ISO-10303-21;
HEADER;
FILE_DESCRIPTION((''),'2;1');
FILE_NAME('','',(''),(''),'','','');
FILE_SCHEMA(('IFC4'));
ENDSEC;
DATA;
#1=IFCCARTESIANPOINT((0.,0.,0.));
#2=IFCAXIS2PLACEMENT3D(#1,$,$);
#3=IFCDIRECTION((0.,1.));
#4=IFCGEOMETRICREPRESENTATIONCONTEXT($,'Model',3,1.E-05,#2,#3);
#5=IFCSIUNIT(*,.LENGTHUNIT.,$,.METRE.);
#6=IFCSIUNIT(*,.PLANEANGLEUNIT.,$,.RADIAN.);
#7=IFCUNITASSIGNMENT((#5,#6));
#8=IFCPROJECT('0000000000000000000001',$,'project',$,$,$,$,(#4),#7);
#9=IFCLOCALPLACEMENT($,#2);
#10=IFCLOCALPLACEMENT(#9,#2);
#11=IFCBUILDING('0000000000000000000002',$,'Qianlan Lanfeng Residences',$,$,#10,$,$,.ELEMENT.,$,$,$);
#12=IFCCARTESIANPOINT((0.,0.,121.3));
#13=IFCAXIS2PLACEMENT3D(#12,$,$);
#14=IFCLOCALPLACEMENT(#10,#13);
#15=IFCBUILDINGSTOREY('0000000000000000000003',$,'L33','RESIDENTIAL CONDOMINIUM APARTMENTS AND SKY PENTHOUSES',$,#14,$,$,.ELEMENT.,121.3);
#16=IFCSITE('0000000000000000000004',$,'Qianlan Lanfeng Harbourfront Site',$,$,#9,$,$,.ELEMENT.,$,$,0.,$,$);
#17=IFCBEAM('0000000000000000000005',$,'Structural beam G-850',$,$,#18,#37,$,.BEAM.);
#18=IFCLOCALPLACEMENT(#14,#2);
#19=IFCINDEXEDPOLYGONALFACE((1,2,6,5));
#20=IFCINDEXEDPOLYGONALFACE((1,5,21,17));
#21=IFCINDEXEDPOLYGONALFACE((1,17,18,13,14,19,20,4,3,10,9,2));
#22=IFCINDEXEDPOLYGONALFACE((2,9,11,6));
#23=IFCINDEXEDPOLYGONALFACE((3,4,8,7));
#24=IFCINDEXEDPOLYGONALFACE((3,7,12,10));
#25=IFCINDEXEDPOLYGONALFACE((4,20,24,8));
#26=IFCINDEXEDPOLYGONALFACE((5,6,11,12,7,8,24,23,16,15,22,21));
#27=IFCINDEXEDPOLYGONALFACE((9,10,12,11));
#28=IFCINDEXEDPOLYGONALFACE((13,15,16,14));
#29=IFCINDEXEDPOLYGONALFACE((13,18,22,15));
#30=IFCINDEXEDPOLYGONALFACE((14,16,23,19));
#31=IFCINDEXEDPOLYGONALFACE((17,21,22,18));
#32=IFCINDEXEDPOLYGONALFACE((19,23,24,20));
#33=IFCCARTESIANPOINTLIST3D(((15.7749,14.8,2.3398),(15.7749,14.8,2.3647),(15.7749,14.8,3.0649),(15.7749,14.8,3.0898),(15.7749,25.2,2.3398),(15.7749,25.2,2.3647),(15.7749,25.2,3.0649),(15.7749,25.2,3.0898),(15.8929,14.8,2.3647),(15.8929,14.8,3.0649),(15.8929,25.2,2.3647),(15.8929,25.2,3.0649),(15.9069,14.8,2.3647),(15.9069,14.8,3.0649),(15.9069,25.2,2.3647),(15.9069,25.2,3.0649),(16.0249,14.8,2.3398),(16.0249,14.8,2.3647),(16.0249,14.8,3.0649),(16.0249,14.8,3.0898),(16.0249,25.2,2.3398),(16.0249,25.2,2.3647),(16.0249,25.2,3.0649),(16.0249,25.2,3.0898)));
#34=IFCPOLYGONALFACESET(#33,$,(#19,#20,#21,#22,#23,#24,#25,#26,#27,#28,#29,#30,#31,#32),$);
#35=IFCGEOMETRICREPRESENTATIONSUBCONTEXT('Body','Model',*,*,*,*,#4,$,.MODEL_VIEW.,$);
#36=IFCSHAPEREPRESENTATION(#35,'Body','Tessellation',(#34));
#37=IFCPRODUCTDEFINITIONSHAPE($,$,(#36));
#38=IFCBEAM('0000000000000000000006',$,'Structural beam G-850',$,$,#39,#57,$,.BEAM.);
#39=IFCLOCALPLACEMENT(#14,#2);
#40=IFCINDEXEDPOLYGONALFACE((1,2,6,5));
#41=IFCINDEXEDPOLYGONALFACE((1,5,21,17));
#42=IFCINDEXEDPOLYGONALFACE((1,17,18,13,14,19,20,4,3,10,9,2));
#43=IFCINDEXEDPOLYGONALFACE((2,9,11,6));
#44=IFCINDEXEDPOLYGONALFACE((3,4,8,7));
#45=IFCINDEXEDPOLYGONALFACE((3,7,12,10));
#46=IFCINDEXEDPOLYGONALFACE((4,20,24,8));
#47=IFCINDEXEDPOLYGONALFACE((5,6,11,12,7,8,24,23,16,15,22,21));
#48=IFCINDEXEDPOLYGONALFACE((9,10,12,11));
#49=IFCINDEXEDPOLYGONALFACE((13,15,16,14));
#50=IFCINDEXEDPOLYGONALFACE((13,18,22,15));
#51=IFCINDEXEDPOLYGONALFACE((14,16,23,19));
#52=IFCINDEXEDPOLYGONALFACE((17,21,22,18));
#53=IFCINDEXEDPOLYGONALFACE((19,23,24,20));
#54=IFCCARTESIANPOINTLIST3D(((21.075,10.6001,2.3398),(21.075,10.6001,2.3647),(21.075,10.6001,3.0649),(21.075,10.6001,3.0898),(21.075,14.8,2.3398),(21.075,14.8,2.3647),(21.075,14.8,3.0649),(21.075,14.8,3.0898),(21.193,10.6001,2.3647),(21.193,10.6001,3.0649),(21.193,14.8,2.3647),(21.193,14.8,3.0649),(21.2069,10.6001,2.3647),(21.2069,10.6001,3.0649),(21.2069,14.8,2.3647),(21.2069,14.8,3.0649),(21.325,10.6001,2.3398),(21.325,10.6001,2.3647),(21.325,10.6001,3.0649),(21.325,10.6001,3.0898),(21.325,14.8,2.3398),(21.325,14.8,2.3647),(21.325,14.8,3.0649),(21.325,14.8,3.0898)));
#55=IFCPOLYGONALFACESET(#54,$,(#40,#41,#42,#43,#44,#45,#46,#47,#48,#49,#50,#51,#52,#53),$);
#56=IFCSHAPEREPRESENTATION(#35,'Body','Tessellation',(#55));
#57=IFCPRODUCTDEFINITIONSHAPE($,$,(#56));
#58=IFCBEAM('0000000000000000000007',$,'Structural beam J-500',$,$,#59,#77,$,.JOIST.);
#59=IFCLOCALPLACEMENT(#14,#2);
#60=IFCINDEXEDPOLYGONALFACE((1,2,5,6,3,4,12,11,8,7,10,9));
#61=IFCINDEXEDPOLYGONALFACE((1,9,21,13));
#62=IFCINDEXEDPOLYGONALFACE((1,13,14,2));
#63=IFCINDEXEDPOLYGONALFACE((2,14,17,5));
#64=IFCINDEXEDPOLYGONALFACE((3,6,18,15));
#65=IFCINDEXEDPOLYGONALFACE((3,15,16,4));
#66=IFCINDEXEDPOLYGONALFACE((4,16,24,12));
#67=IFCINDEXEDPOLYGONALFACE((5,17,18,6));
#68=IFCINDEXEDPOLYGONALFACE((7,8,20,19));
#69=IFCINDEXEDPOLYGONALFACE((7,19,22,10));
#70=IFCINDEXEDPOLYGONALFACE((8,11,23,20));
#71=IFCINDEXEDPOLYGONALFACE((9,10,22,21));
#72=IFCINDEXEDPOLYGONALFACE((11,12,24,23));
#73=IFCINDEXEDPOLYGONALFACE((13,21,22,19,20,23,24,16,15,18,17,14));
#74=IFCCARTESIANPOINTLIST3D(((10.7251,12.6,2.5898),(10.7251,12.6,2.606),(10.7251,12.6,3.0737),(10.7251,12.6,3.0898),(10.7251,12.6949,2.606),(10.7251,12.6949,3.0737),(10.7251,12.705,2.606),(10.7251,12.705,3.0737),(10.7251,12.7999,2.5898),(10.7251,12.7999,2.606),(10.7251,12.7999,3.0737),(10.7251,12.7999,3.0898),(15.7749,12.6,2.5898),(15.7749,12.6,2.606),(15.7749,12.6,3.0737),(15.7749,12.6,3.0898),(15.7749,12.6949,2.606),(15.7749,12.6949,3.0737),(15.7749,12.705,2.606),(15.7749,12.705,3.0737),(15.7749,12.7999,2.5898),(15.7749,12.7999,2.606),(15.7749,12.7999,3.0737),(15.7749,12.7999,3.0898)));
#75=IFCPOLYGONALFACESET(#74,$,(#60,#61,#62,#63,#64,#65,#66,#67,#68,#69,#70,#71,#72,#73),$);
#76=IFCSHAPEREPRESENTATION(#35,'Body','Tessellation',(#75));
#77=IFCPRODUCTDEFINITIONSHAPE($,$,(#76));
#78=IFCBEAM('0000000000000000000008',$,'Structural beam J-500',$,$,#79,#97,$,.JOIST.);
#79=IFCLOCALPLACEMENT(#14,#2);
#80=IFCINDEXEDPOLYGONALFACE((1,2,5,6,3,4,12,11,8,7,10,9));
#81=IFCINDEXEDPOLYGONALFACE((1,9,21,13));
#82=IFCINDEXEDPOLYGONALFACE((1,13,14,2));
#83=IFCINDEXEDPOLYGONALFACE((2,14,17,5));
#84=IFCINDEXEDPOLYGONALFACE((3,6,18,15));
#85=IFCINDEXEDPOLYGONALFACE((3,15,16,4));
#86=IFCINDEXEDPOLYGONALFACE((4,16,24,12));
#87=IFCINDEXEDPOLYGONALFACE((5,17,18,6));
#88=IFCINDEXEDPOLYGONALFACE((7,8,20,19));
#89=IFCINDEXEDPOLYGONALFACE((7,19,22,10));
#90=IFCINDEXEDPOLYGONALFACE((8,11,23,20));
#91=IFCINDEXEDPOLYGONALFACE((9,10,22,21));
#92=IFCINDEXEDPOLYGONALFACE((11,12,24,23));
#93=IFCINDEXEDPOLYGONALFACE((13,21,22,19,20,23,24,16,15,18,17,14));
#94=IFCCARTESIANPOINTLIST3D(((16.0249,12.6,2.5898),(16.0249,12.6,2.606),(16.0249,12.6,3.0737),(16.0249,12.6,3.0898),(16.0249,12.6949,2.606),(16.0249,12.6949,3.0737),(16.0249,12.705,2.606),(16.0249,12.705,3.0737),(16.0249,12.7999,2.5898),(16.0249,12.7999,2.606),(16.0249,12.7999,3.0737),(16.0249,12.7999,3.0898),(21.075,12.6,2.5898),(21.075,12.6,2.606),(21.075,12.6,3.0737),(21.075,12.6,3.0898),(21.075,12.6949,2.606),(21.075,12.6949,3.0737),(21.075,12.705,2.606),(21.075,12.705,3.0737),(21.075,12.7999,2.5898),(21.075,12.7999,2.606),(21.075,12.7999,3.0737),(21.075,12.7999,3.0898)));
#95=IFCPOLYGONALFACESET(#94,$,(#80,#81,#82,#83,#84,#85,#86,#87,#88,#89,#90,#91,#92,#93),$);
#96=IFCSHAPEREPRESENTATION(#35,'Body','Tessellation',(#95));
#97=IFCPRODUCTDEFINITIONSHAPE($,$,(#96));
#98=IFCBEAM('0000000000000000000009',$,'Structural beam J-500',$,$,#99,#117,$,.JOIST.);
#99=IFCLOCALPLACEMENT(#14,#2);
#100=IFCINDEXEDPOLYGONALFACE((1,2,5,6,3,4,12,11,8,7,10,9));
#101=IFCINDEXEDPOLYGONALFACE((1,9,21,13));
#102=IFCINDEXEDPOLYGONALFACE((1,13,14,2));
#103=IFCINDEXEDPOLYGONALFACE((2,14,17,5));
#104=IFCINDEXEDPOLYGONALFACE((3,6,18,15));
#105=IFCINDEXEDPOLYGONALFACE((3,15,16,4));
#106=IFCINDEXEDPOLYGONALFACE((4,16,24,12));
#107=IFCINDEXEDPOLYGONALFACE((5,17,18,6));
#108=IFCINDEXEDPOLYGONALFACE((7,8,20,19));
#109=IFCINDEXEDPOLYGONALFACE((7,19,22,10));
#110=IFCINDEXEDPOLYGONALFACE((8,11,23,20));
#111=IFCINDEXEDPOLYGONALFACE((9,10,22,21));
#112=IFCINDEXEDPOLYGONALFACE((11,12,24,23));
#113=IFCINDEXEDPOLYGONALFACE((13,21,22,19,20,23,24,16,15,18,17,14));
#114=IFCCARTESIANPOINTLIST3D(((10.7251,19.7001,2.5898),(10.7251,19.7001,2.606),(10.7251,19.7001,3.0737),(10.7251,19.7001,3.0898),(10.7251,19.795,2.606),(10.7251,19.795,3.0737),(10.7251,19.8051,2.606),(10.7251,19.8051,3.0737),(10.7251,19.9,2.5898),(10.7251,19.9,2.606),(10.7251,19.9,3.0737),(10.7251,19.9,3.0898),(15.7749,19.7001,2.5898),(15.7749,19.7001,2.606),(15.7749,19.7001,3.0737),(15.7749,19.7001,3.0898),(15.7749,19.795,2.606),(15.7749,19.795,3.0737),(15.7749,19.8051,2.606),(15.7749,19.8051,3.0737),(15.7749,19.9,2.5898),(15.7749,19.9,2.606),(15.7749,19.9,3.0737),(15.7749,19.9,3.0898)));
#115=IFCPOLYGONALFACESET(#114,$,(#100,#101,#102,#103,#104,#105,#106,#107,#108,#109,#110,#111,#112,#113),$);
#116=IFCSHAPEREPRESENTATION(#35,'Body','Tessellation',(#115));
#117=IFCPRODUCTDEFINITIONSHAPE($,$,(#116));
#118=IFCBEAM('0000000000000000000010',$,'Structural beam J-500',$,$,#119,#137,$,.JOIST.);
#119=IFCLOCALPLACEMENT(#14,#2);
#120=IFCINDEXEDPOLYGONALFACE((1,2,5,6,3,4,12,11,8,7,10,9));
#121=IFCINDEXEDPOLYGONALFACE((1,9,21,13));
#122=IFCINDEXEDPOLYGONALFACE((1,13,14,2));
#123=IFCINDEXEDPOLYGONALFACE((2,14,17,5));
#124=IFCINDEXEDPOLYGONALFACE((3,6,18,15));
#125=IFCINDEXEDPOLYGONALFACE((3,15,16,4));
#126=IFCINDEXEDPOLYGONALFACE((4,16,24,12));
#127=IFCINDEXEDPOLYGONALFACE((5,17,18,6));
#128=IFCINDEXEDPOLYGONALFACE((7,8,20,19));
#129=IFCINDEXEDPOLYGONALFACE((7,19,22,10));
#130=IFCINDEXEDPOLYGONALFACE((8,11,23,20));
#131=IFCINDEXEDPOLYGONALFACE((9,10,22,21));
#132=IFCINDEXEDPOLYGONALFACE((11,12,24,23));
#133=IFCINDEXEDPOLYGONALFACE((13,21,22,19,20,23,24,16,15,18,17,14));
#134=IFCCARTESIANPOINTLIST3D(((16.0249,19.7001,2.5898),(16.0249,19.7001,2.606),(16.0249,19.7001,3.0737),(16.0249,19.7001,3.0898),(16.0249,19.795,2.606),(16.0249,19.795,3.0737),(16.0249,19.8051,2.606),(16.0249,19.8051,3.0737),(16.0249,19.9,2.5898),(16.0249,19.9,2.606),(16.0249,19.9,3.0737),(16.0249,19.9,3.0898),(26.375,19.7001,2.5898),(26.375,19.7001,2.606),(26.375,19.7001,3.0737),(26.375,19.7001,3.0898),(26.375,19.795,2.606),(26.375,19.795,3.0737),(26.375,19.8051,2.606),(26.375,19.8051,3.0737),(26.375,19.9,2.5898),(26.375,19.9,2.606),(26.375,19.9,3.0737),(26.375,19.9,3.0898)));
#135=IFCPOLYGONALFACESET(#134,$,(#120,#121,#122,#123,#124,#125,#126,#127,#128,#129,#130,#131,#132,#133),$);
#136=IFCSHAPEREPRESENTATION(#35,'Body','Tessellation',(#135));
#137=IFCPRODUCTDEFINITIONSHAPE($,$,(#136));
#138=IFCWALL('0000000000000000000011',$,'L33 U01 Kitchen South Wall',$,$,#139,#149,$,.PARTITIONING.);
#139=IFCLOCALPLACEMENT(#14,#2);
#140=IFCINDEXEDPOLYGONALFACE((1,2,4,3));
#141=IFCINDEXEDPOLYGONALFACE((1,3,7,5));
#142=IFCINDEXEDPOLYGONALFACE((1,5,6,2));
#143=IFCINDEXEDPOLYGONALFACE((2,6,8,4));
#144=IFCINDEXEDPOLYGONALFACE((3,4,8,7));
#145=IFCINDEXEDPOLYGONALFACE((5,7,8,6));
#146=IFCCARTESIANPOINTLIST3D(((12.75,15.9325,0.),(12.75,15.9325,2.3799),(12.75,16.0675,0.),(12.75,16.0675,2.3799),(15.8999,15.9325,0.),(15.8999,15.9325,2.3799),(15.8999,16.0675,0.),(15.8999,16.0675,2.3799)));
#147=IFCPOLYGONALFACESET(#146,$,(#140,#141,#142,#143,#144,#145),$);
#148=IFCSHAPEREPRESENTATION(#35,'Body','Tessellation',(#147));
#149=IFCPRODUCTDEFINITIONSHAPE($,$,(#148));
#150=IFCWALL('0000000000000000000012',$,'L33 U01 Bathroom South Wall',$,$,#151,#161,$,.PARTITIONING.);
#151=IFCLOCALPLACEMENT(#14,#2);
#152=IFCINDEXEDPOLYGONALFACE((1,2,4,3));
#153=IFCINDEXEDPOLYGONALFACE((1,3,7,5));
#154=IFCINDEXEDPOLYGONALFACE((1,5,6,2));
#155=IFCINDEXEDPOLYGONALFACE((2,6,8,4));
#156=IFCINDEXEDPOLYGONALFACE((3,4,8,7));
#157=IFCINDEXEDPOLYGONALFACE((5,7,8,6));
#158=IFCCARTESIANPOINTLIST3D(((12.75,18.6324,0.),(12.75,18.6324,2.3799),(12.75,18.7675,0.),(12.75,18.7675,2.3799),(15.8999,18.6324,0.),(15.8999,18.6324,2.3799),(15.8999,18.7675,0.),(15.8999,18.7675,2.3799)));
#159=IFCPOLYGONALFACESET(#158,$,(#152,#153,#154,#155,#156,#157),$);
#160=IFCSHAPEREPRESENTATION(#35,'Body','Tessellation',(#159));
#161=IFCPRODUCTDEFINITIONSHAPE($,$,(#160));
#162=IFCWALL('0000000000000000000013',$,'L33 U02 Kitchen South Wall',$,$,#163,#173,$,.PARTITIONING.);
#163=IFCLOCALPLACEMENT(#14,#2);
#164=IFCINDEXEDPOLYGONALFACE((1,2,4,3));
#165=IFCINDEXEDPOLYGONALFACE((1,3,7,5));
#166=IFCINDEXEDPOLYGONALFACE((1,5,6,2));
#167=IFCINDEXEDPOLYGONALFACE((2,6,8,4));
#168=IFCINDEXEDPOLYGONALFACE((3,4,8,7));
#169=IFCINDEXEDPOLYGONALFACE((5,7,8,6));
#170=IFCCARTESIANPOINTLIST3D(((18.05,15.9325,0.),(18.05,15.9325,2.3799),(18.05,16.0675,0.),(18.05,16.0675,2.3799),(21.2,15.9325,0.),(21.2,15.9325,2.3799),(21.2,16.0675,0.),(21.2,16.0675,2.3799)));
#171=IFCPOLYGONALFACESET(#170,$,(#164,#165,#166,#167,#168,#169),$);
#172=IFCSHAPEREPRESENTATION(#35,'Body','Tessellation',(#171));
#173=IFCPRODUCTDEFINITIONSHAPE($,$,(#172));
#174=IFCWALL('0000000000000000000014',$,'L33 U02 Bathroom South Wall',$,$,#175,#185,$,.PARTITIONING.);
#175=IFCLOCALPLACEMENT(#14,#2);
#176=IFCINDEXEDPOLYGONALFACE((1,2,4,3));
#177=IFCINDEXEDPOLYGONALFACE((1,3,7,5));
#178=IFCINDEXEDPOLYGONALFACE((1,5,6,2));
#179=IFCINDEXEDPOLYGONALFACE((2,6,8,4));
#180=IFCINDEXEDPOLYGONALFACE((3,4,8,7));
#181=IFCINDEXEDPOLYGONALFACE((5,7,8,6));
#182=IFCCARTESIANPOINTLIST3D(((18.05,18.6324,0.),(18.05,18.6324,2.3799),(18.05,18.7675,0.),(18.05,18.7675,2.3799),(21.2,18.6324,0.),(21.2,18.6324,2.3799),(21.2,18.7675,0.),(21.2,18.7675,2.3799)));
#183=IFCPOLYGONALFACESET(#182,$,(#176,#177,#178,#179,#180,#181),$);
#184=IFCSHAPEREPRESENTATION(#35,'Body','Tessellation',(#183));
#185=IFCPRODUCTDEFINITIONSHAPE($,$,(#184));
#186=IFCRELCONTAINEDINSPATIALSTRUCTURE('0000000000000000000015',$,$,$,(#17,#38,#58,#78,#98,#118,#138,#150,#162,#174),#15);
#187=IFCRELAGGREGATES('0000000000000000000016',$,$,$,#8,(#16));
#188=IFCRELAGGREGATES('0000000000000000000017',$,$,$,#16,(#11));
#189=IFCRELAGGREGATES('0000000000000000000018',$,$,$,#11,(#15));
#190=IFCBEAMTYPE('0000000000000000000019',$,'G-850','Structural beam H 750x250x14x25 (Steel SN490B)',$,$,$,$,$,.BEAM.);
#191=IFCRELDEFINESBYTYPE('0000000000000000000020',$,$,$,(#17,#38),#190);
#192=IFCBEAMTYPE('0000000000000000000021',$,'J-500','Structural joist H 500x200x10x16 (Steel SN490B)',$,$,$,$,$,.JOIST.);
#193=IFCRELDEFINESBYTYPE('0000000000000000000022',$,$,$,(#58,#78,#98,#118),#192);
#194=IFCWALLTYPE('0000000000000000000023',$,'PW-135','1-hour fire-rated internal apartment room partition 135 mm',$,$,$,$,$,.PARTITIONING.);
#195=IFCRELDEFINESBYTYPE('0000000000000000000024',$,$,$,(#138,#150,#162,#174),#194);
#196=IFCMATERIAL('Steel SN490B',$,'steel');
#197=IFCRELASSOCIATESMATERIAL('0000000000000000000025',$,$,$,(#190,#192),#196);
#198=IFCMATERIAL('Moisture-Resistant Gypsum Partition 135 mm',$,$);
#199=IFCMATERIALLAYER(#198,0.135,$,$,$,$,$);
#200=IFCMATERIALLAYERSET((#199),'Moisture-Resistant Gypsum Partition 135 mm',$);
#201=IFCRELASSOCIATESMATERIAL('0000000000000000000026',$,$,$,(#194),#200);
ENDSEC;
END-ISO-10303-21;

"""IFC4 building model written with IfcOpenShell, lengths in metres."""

from ifc_helpers import new_model, si_unit, direction, frame, frame_2d, origin, origin_2d, place, context, subcontext, project, spatial, rectangle, i_section, extrude, material, layer, layer_set, material_profile, profile_set, type_object, element, save


model = new_model("IFC4")

# Units and contexts
model_context = context("Model", 3, precision=1e-05, world=origin(), true_north=direction((0.0, 1.0)))
body_context = subcontext(model_context, "Body", "Model", "MODEL_VIEW")
ifc_project = project(units=[si_unit("LENGTHUNIT", "METRE"), si_unit("PLANEANGLEUNIT", "RADIAN")], contexts=[model_context])

# Site, building, storey
site_placement = place(None, origin())
site = spatial("IfcSite", under=ifc_project, at=site_placement, Name="Qianlan Lanfeng Harbourfront Site", CompositionType="ELEMENT", RefElevation=0.0)
building_placement = place(site_placement, origin())
building = spatial("IfcBuilding", under=site, at=building_placement, Name="Qianlan Lanfeng Residences", CompositionType="ELEMENT")
storey_placement = place(building_placement, frame((0.0, 0.0, 121.3)))
storey = spatial("IfcBuildingStorey", under=building, at=storey_placement, Name="L33", Description="RESIDENTIAL CONDOMINIUM APARTMENTS AND SKY PENTHOUSES", CompositionType="ELEMENT", Elevation=121.3)

# Shared definitions
ifc_material_1 = material(Name="Steel SN490B", Category="steel")

# Beams
ifc_material_profile_1 = material_profile(ifc_material_1, i_section(OverallWidth=0.25, OverallDepth=0.75, WebThickness=0.0139, FlangeThickness=0.0249, at=origin_2d()), Name="H 750x250x14x25")
ifc_profile_set_1 = profile_set([ifc_material_profile_1], Name="Steel SN490B")
beam_type_1 = type_object("IfcBeamType", Name="G-850", Description="Structural beam H 750x250x14x25 (Steel SN490B)", PredefinedType="BEAM", material=ifc_profile_set_1)
beam_1_placement = place(storey_placement, frame((15.8999, 14.8, 2.7148), z_axis=(0.0, 1.0, 0.0), x_axis=(-1.0, 0.0, 0.0)))
element("IfcBeam", 1, at=beam_1_placement, inside=storey, type_object=beam_type_1, Name="Structural beam G-850", PredefinedType="BEAM", context=body_context, shape_type="SweptSolid", body=[
    extrude(i_section(OverallWidth=0.25, OverallDepth=0.75, WebThickness=0.0139, FlangeThickness=0.0249, at=origin_2d()), origin(), (0.0, 0.0, 1.0), 10.3999),
])
beam_2_placement = place(storey_placement, frame((21.2, 10.6001, 2.7148), z_axis=(0.0, 1.0, 0.0), x_axis=(-1.0, 0.0, 0.0)))
element("IfcBeam", 2, at=beam_2_placement, inside=storey, type_object=beam_type_1, Name="Structural beam G-850", PredefinedType="BEAM", context=body_context, shape_type="SweptSolid", body=[
    extrude(i_section(OverallWidth=0.25, OverallDepth=0.75, WebThickness=0.0139, FlangeThickness=0.0249, at=origin_2d()), origin(), (0.0, 0.0, 1.0), 4.2),
])
ifc_material_profile_2 = material_profile(ifc_material_1, i_section(OverallWidth=0.2, OverallDepth=0.5, WebThickness=0.01, FlangeThickness=0.0161, at=origin_2d()), Name="H 500x200x10x16")
ifc_profile_set_2 = profile_set([ifc_material_profile_2], Name="Steel SN490B")
beam_type_2 = type_object("IfcBeamType", Name="J-500", Description="Structural joist H 500x200x10x16 (Steel SN490B)", PredefinedType="JOIST", material=ifc_profile_set_2)
beam_3_placement = place(storey_placement, frame((10.7251, 12.7, 2.8398), z_axis=(1.0, 0.0, 0.0), x_axis=(0.0, 1.0, 0.0)))
element("IfcBeam", 3, at=beam_3_placement, inside=storey, type_object=beam_type_2, Name="Structural beam J-500", PredefinedType="JOIST", context=body_context, shape_type="SweptSolid", body=[
    extrude(i_section(OverallWidth=0.2, OverallDepth=0.5, WebThickness=0.01, FlangeThickness=0.0161, at=origin_2d()), origin(), (0.0, 0.0, 1.0), 5.0498),
])
beam_4_placement = place(storey_placement, frame((16.0249, 12.7, 2.8398), z_axis=(1.0, 0.0, 0.0), x_axis=(0.0, 1.0, 0.0)))
element("IfcBeam", 4, at=beam_4_placement, inside=storey, type_object=beam_type_2, Name="Structural beam J-500", PredefinedType="JOIST", context=body_context, shape_type="SweptSolid", body=[
    extrude(i_section(OverallWidth=0.2, OverallDepth=0.5, WebThickness=0.01, FlangeThickness=0.0161, at=origin_2d()), origin(), (0.0, 0.0, 1.0), 5.05),
])
beam_5_placement = place(storey_placement, frame((10.7251, 19.8, 2.8398), z_axis=(1.0, 0.0, 0.0), x_axis=(0.0, 1.0, 0.0)))
element("IfcBeam", 5, at=beam_5_placement, inside=storey, type_object=beam_type_2, Name="Structural beam J-500", PredefinedType="JOIST", context=body_context, shape_type="SweptSolid", body=[
    extrude(i_section(OverallWidth=0.2, OverallDepth=0.5, WebThickness=0.01, FlangeThickness=0.0161, at=origin_2d()), origin(), (0.0, 0.0, 1.0), 5.0498),
])
beam_6_placement = place(storey_placement, frame((16.0249, 19.8, 2.8398), z_axis=(1.0, 0.0, 0.0), x_axis=(0.0, 1.0, 0.0)))
element("IfcBeam", 6, at=beam_6_placement, inside=storey, type_object=beam_type_2, Name="Structural beam J-500", PredefinedType="JOIST", context=body_context, shape_type="SweptSolid", body=[
    extrude(i_section(OverallWidth=0.2, OverallDepth=0.5, WebThickness=0.01, FlangeThickness=0.0161, at=origin_2d()), origin(), (0.0, 0.0, 1.0), 10.3501),
])

# Shared definitions
ifc_material_2 = material(Name="Moisture-Resistant Gypsum Partition 135 mm")
ifc_layer = layer(ifc_material_2, 0.135)
ifc_layer_set = layer_set([ifc_layer], Name="Moisture-Resistant Gypsum Partition 135 mm")
wall_type = type_object("IfcWallType", Name="PW-135", Description="1-hour fire-rated internal apartment room partition 135 mm", PredefinedType="PARTITIONING", material=ifc_layer_set)

# Walls
for number, where, z_axis, x_axis, name in (
    (7, (12.75, 16.0, 0.0), (0.0, 0.0, 1.0), (1.0, 0.0, 0.0), "L33 U01 Kitchen South Wall"),
    (8, (12.75, 18.7, 0.0), (0.0, 0.0, 1.0), (1.0, 0.0, 0.0), "L33 U01 Bathroom South Wall"),
    (9, (18.05, 16.0, 0.0), (0.0, 0.0, 1.0), (1.0, 0.0, 0.0), "L33 U02 Kitchen South Wall"),
    (10, (18.05, 18.7, 0.0), (0.0, 0.0, 1.0), (1.0, 0.0, 0.0), "L33 U02 Bathroom South Wall"),
):
    element("IfcWall", number, at=place(storey_placement, frame(where, z_axis=z_axis, x_axis=x_axis)), inside=storey, type_object=wall_type, Name=name, PredefinedType="PARTITIONING", context=body_context, shape_type="SweptSolid", body=[
        extrude(rectangle(XDim=3.1499, YDim=0.135, at=frame_2d((1.575, 0.0))), origin(), (0.0, 0.0, 1.0), 2.3799),
    ])

save(model, "model.ifc")
